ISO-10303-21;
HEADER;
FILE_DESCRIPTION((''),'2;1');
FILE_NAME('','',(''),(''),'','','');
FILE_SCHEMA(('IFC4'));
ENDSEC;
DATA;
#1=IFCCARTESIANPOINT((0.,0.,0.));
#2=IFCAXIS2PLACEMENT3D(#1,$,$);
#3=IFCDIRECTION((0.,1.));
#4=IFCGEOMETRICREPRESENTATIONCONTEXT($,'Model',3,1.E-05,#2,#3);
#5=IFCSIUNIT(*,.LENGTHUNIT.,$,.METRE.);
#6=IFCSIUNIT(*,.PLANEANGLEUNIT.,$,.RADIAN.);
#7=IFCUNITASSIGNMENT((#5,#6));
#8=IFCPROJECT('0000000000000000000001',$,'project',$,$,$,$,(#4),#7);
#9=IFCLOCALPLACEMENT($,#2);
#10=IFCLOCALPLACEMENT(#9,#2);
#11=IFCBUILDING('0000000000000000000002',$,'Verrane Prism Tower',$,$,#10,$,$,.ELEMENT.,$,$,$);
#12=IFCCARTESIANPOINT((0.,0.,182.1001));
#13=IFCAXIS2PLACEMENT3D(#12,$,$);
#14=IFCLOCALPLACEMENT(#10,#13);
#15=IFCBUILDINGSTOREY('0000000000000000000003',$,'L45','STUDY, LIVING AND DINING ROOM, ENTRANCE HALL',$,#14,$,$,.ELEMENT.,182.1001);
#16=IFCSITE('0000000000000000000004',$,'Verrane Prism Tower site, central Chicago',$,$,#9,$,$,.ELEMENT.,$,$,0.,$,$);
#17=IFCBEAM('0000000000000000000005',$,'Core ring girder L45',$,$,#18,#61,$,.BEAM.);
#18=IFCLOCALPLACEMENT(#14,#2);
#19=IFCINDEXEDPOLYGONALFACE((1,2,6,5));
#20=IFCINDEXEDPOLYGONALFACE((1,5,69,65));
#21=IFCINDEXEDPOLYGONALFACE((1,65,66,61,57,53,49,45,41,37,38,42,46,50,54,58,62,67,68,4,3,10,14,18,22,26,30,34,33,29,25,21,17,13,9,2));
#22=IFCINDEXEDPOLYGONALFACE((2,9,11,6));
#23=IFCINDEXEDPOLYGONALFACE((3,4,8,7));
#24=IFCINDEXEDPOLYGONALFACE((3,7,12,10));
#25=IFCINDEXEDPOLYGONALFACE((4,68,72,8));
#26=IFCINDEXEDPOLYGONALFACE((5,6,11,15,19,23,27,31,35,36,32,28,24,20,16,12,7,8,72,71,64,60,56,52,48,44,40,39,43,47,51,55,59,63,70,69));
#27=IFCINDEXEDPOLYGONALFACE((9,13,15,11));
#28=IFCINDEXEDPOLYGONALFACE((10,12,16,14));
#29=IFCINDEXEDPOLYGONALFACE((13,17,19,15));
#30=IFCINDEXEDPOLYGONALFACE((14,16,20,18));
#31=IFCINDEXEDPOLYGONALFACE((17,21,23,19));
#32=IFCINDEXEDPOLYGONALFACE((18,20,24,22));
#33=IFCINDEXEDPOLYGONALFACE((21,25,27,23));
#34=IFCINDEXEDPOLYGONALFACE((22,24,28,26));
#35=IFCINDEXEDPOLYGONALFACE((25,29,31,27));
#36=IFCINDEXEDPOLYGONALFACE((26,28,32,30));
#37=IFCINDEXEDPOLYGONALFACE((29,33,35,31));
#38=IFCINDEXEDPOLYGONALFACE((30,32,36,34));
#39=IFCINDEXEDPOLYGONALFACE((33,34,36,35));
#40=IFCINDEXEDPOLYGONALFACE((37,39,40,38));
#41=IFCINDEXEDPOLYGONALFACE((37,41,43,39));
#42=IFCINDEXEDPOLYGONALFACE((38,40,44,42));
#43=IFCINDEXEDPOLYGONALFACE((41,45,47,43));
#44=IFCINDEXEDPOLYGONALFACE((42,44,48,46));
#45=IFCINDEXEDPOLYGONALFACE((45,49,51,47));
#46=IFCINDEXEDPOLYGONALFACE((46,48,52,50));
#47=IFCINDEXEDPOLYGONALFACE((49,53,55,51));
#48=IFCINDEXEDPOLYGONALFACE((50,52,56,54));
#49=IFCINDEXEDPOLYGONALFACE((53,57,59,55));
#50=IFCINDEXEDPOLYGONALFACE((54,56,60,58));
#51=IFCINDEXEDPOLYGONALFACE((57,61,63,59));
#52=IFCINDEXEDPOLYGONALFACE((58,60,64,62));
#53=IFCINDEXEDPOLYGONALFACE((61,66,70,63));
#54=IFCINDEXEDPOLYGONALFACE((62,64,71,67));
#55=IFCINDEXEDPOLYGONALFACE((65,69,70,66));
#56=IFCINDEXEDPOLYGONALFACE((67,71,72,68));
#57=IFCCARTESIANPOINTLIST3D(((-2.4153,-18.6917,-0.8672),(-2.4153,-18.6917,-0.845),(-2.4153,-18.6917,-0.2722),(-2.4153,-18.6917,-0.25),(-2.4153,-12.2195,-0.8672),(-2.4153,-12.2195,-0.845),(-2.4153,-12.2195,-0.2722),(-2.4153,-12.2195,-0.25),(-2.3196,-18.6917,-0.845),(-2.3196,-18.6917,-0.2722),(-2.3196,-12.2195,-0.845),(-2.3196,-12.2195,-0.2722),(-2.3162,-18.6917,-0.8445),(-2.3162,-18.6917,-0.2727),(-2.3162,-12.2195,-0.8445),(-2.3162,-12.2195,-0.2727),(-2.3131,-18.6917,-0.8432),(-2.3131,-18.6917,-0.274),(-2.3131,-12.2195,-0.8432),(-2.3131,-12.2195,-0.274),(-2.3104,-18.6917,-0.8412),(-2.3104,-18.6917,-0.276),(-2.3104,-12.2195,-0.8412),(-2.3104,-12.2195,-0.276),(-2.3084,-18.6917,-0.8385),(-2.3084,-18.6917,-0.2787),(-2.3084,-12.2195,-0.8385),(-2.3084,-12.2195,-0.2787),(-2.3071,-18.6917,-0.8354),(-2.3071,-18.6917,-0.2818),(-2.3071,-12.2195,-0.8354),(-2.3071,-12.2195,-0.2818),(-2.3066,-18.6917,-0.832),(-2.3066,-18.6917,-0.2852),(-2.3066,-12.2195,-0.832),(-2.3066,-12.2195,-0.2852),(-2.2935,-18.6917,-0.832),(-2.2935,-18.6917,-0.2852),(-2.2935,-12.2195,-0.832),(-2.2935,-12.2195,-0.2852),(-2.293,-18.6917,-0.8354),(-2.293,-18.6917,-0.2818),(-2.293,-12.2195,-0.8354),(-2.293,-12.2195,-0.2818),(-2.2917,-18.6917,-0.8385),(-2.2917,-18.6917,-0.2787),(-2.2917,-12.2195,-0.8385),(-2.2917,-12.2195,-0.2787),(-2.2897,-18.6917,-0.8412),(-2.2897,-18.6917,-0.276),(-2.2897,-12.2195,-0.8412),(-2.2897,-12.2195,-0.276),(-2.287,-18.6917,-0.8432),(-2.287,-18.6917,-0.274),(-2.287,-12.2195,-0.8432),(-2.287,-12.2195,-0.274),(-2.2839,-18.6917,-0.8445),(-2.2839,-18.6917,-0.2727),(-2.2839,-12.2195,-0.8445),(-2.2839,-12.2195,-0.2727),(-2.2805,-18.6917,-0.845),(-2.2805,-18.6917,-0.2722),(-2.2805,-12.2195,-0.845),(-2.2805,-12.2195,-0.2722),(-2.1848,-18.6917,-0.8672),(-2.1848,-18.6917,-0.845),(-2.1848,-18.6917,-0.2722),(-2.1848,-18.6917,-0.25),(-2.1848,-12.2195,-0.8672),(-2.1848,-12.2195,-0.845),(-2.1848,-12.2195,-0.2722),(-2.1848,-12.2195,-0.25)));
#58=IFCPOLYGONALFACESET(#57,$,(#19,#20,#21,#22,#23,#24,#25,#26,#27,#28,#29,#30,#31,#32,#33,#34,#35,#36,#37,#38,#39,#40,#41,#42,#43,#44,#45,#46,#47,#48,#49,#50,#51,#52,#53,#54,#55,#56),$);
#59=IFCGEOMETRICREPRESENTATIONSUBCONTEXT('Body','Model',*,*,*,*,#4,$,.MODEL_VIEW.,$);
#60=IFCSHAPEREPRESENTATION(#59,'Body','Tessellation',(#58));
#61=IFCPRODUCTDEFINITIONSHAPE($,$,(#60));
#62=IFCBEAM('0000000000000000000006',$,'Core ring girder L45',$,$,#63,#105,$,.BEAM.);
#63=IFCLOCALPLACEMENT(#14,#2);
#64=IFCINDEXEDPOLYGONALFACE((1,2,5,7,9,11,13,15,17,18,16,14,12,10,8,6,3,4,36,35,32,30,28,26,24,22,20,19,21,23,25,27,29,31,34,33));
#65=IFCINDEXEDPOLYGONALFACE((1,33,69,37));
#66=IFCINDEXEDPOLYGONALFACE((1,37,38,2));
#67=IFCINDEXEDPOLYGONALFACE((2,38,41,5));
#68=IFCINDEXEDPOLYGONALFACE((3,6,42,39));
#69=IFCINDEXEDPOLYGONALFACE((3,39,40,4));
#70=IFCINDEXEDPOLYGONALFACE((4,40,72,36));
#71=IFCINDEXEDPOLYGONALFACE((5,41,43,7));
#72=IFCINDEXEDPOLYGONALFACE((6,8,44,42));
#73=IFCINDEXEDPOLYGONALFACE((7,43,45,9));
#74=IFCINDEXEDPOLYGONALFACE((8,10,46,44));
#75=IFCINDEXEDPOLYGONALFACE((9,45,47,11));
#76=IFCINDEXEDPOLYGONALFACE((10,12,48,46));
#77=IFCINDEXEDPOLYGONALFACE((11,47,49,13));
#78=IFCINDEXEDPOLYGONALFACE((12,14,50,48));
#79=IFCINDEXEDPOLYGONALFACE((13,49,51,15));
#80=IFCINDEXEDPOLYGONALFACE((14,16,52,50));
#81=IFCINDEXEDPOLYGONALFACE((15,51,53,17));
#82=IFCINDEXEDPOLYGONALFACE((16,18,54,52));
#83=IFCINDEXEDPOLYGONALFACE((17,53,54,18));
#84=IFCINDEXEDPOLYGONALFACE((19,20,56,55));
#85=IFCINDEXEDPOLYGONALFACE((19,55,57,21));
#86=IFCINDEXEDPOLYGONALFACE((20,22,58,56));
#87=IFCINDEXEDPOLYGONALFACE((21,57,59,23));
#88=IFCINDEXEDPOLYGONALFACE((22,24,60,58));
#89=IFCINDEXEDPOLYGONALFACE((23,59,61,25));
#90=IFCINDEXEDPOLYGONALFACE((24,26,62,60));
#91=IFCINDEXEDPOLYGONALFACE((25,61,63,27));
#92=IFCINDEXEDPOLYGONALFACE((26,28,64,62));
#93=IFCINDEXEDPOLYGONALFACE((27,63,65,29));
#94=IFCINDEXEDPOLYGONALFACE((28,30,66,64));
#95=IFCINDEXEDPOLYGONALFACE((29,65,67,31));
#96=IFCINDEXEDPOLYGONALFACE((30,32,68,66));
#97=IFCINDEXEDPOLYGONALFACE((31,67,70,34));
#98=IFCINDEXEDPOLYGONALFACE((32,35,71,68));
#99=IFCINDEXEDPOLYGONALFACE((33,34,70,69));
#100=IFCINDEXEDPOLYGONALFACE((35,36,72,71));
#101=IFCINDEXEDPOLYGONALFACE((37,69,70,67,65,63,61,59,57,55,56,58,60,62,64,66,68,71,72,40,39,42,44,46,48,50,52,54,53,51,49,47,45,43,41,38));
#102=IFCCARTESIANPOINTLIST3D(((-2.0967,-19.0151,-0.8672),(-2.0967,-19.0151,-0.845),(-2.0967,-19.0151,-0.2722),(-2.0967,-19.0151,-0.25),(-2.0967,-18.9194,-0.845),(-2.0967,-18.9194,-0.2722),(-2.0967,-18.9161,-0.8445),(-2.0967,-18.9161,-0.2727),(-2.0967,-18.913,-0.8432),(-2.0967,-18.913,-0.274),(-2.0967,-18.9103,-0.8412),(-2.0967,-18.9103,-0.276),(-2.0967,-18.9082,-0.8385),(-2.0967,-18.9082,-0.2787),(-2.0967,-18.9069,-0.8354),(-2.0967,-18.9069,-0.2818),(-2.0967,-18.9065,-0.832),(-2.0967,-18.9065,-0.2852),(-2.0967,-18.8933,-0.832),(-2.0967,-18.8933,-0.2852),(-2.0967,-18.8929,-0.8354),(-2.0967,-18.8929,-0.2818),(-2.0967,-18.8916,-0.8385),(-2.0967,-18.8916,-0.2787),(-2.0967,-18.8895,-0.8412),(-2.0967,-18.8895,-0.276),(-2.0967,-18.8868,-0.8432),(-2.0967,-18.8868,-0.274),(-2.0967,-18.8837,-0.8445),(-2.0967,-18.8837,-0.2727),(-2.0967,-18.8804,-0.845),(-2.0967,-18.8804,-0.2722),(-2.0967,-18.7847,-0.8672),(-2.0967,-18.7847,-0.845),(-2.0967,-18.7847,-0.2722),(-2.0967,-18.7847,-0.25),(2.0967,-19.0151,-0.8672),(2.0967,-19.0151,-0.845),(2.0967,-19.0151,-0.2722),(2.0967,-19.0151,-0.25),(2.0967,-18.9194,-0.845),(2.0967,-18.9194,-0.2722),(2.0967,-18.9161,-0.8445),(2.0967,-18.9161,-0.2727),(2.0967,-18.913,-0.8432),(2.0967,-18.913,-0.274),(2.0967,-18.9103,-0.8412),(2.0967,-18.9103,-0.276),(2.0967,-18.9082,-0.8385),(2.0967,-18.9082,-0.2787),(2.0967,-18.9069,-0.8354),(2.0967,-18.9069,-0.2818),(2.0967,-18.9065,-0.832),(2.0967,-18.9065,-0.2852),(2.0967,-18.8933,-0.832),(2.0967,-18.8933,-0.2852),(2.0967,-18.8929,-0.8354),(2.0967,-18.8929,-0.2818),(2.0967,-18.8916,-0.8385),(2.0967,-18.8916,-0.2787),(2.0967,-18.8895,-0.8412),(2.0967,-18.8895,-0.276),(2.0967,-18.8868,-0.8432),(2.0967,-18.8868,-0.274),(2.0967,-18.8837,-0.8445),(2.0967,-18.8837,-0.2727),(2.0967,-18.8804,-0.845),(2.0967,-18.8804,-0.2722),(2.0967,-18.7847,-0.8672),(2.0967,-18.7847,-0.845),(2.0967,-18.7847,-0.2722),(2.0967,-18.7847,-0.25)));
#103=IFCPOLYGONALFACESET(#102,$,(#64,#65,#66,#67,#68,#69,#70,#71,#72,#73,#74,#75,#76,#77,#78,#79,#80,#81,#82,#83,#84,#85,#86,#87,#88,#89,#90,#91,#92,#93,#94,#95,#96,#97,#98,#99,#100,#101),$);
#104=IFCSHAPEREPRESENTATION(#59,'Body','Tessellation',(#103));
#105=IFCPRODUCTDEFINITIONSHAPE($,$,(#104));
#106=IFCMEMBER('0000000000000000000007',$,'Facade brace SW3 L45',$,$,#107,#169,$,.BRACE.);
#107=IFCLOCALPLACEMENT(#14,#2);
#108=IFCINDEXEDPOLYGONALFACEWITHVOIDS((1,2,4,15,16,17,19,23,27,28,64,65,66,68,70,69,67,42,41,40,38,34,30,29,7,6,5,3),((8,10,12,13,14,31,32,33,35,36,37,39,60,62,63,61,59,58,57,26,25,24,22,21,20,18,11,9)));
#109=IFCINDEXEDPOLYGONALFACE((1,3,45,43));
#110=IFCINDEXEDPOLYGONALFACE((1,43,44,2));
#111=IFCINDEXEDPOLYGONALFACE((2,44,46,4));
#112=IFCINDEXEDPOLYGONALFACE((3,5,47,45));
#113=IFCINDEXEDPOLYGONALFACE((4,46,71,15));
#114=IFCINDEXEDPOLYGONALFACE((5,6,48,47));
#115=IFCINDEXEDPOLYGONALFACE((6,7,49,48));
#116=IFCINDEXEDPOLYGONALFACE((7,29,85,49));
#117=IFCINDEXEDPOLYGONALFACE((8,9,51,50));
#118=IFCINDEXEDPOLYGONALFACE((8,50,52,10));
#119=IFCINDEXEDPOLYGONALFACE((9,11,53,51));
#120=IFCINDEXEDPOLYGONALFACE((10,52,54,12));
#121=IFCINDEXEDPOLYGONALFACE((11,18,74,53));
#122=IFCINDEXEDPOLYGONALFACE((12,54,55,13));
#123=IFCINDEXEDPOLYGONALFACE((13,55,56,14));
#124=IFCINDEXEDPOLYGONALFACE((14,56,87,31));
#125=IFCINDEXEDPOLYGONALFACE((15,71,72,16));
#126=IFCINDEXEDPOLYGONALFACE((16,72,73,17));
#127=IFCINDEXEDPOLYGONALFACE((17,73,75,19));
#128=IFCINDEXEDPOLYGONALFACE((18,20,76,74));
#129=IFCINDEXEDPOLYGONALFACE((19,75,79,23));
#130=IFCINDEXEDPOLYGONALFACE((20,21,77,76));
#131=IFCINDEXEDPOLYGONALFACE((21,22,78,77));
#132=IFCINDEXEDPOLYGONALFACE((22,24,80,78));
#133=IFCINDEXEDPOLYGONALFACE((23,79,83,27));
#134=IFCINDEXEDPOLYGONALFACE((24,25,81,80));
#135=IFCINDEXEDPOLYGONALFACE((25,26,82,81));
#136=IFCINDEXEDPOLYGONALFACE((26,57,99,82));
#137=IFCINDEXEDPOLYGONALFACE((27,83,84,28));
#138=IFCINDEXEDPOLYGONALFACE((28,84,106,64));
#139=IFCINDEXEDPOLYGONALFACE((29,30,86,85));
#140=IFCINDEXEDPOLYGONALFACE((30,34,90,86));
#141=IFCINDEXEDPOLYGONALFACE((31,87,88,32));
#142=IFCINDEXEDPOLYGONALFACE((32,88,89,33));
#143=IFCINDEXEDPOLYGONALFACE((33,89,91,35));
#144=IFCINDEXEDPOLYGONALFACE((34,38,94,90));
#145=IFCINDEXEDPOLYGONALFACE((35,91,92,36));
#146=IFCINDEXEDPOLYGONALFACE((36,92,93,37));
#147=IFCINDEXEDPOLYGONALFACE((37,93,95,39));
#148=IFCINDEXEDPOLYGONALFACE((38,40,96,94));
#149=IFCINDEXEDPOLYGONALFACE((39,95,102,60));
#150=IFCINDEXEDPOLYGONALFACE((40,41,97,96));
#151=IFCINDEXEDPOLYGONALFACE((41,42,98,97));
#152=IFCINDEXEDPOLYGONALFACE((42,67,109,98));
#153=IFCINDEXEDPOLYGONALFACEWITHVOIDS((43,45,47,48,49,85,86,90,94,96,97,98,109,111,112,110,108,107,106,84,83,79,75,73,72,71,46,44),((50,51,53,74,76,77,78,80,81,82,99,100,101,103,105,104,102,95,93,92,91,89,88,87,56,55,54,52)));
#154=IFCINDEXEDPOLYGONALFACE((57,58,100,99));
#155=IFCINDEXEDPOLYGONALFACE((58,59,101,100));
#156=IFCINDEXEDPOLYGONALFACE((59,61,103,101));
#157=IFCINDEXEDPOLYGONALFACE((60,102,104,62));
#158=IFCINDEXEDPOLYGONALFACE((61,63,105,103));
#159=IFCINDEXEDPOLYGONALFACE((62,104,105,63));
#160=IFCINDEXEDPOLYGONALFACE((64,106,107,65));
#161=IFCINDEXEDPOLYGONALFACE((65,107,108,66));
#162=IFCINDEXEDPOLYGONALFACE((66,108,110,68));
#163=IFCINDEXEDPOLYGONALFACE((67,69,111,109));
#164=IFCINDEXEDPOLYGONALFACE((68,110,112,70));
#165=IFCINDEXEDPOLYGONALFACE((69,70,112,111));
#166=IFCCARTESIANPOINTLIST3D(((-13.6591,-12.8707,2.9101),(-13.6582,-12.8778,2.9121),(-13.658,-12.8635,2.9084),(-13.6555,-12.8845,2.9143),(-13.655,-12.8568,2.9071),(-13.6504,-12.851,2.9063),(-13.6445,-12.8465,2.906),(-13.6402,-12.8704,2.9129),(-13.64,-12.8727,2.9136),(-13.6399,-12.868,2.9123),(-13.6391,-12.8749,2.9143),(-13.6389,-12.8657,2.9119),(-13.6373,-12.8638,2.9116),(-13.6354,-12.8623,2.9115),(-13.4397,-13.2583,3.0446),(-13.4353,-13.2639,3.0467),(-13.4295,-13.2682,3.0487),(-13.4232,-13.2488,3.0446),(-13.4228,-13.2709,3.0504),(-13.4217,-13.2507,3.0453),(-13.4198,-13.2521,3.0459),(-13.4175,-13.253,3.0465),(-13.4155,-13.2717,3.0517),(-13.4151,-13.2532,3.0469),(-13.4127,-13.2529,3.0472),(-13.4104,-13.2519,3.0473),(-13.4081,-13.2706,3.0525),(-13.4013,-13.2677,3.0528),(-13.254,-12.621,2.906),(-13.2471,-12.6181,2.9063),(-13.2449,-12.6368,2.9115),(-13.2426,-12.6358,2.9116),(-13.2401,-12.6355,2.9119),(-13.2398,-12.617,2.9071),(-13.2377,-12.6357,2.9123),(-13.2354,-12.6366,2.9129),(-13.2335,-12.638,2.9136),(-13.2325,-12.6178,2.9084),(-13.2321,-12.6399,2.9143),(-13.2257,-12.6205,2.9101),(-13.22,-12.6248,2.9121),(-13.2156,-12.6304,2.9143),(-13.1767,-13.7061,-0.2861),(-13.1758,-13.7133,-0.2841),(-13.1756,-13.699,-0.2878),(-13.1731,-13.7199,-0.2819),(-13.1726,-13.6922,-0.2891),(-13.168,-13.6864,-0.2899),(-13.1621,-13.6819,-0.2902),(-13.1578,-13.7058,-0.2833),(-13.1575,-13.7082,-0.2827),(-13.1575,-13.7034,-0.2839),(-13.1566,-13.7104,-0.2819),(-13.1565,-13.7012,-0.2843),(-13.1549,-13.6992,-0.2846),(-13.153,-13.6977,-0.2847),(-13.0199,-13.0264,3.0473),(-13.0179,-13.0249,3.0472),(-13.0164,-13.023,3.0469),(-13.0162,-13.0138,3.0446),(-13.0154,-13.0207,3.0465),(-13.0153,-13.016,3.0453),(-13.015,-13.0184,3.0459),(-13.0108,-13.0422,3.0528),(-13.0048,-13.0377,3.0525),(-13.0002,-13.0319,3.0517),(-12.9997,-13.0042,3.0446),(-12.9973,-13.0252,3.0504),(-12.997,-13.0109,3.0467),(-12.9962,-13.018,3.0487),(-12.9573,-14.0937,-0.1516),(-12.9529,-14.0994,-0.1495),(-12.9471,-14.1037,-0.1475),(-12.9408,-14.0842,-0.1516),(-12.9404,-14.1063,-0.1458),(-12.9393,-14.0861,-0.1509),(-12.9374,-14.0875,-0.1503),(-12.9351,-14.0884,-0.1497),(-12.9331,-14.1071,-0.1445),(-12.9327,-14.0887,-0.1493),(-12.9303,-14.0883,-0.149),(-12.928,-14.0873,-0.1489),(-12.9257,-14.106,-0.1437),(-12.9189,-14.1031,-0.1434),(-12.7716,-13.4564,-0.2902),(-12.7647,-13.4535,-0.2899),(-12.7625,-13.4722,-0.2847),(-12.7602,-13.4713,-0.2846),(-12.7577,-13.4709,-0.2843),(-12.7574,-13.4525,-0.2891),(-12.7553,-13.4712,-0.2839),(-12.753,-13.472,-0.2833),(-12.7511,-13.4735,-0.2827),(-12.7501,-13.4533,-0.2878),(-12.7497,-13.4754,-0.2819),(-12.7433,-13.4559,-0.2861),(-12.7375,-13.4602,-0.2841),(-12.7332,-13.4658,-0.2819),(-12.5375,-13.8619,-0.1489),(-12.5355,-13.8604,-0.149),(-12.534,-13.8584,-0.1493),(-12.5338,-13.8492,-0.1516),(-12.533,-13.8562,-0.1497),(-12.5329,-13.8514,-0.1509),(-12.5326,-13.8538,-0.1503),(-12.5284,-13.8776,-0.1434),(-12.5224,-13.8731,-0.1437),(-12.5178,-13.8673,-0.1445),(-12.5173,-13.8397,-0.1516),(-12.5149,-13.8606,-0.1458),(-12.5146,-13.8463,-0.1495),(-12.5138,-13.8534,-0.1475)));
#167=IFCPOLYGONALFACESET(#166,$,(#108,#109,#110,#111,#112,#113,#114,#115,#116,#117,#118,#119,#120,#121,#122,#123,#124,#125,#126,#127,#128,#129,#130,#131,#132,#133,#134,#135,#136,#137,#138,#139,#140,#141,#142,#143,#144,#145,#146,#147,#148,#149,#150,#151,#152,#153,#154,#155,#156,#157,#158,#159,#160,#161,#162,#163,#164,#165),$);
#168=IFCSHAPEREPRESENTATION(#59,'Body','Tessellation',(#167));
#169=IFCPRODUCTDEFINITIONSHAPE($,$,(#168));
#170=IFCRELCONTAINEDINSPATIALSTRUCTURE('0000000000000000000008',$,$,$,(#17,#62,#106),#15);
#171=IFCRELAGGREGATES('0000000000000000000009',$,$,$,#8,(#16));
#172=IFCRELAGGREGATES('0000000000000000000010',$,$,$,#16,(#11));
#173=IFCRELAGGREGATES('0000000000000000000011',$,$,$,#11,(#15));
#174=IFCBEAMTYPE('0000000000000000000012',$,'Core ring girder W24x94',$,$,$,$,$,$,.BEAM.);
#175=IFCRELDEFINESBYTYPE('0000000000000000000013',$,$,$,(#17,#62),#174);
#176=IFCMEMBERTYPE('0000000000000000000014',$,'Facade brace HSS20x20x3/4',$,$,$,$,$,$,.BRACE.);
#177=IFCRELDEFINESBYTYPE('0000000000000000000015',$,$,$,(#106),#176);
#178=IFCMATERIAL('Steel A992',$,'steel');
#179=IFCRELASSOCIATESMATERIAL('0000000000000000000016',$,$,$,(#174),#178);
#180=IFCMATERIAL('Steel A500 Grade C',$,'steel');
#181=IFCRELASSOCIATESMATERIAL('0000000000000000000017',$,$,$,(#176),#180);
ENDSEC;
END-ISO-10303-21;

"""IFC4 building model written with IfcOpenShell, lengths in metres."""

from ifc_helpers import new_model, si_unit, direction, frame, origin, origin_2d, place, context, subcontext, project, spatial, hollow_rectangle, i_section, extrude, material, material_profile, profile_set, type_object, element, save


model = new_model("IFC4")

# Units and contexts
model_context = context("Model", 3, precision=1e-05, world=origin(), true_north=direction((0.0, 1.0)))
body_context = subcontext(model_context, "Body", "Model", "MODEL_VIEW")
ifc_project = project(units=[si_unit("LENGTHUNIT", "METRE"), si_unit("PLANEANGLEUNIT", "RADIAN")], contexts=[model_context])

# Site, building, storey
site_placement = place(None, origin())
site = spatial("IfcSite", under=ifc_project, at=site_placement, Name="Verrane Prism Tower site, central Chicago", CompositionType="ELEMENT", RefElevation=0.0)
building_placement = place(site_placement, origin())
building = spatial("IfcBuilding", under=site, at=building_placement, Name="Verrane Prism Tower", CompositionType="ELEMENT")
storey_placement = place(building_placement, frame((0.0, 0.0, 182.1001)))
storey = spatial("IfcBuildingStorey", under=building, at=storey_placement, Name="L45", Description="STUDY, LIVING AND DINING ROOM, ENTRANCE HALL", CompositionType="ELEMENT", Elevation=182.1001)

# Beams
ifc_material_1 = material(Name="Steel A992", Category="steel")
ifc_material_profile_1 = material_profile(ifc_material_1, i_section(OverallWidth=0.2305, OverallDepth=0.6172, WebThickness=0.0132, FlangeThickness=0.0222, FilletRadius=0.0129, at=origin_2d()), Name="W24x94")
ifc_profile_set_1 = profile_set([ifc_material_profile_1], Name="Steel A992")
beam_type_1 = type_object("IfcBeamType", Name="Core ring girder W24x94", PredefinedType="BEAM", material=ifc_profile_set_1)
beam_1_placement = place(storey_placement, frame((-2.3, -12.2195, -0.5586), z_axis=(0.0, -1.0, 0.0), x_axis=(1.0, 0.0, 0.0)))
element("IfcBeam", 1, at=beam_1_placement, inside=storey, type_object=beam_type_1, Name="Core ring girder L45", PredefinedType="BEAM", context=body_context, shape_type="SweptSolid", body=[
    extrude(i_section(OverallWidth=0.2305, OverallDepth=0.6172, WebThickness=0.0132, FlangeThickness=0.0222, FilletRadius=0.0129, at=origin_2d()), origin(), (0.0, 0.0, 1.0), 6.4722),
])
beam_2_placement = place(storey_placement, frame((-2.0967, -18.8999, -0.5586), z_axis=(1.0, 0.0, 0.0), x_axis=(0.0, 1.0, 0.0)))
element("IfcBeam", 2, at=beam_2_placement, inside=storey, type_object=beam_type_1, Name="Core ring girder L45", PredefinedType="BEAM", context=body_context, shape_type="SweptSolid", body=[
    extrude(i_section(OverallWidth=0.2305, OverallDepth=0.6172, WebThickness=0.0132, FlangeThickness=0.0222, FilletRadius=0.0129, at=origin_2d()), origin(), (0.0, 0.0, 1.0), 4.1934),
])

# Member
ifc_material_2 = material(Name="Steel A500 Grade C", Category="steel")
ifc_material_profile_2 = material_profile(ifc_material_2, hollow_rectangle(XDim=0.5081, YDim=0.5081, WallThickness=0.019, InnerFilletRadius=0.0095, OuterFilletRadius=0.0286, at=origin_2d()), Name="HSS20x20x3/4")
ifc_profile_set_2 = profile_set([ifc_material_profile_2], Name="Steel A500 Grade C")
member_type_1 = type_object("IfcMemberType", Name="Facade brace HSS20x20x3/4", PredefinedType="BRACE", material=ifc_profile_set_2)
for number, where, z_axis, x_axis, name in (
    (3, (-12.8452, -13.7798, -0.2168), (-0.144494, 0.250231, 0.957343), (-0.865992, -0.500058, 0.0), "Facade brace SW3 L45"),
):
    element("IfcMember", number, at=place(storey_placement, frame(where, z_axis=z_axis, x_axis=x_axis)), inside=storey, type_object=member_type_1, Name=name, PredefinedType="BRACE", context=body_context, shape_type="SweptSolid", body=[
        extrude(hollow_rectangle(XDim=0.5081, YDim=0.5081, WallThickness=0.019, InnerFilletRadius=0.0095, OuterFilletRadius=0.0286, at=origin_2d()), origin(), (0.0, 0.0, 1.0), 3.3386),
    ])

save(model, "model.ifc")
